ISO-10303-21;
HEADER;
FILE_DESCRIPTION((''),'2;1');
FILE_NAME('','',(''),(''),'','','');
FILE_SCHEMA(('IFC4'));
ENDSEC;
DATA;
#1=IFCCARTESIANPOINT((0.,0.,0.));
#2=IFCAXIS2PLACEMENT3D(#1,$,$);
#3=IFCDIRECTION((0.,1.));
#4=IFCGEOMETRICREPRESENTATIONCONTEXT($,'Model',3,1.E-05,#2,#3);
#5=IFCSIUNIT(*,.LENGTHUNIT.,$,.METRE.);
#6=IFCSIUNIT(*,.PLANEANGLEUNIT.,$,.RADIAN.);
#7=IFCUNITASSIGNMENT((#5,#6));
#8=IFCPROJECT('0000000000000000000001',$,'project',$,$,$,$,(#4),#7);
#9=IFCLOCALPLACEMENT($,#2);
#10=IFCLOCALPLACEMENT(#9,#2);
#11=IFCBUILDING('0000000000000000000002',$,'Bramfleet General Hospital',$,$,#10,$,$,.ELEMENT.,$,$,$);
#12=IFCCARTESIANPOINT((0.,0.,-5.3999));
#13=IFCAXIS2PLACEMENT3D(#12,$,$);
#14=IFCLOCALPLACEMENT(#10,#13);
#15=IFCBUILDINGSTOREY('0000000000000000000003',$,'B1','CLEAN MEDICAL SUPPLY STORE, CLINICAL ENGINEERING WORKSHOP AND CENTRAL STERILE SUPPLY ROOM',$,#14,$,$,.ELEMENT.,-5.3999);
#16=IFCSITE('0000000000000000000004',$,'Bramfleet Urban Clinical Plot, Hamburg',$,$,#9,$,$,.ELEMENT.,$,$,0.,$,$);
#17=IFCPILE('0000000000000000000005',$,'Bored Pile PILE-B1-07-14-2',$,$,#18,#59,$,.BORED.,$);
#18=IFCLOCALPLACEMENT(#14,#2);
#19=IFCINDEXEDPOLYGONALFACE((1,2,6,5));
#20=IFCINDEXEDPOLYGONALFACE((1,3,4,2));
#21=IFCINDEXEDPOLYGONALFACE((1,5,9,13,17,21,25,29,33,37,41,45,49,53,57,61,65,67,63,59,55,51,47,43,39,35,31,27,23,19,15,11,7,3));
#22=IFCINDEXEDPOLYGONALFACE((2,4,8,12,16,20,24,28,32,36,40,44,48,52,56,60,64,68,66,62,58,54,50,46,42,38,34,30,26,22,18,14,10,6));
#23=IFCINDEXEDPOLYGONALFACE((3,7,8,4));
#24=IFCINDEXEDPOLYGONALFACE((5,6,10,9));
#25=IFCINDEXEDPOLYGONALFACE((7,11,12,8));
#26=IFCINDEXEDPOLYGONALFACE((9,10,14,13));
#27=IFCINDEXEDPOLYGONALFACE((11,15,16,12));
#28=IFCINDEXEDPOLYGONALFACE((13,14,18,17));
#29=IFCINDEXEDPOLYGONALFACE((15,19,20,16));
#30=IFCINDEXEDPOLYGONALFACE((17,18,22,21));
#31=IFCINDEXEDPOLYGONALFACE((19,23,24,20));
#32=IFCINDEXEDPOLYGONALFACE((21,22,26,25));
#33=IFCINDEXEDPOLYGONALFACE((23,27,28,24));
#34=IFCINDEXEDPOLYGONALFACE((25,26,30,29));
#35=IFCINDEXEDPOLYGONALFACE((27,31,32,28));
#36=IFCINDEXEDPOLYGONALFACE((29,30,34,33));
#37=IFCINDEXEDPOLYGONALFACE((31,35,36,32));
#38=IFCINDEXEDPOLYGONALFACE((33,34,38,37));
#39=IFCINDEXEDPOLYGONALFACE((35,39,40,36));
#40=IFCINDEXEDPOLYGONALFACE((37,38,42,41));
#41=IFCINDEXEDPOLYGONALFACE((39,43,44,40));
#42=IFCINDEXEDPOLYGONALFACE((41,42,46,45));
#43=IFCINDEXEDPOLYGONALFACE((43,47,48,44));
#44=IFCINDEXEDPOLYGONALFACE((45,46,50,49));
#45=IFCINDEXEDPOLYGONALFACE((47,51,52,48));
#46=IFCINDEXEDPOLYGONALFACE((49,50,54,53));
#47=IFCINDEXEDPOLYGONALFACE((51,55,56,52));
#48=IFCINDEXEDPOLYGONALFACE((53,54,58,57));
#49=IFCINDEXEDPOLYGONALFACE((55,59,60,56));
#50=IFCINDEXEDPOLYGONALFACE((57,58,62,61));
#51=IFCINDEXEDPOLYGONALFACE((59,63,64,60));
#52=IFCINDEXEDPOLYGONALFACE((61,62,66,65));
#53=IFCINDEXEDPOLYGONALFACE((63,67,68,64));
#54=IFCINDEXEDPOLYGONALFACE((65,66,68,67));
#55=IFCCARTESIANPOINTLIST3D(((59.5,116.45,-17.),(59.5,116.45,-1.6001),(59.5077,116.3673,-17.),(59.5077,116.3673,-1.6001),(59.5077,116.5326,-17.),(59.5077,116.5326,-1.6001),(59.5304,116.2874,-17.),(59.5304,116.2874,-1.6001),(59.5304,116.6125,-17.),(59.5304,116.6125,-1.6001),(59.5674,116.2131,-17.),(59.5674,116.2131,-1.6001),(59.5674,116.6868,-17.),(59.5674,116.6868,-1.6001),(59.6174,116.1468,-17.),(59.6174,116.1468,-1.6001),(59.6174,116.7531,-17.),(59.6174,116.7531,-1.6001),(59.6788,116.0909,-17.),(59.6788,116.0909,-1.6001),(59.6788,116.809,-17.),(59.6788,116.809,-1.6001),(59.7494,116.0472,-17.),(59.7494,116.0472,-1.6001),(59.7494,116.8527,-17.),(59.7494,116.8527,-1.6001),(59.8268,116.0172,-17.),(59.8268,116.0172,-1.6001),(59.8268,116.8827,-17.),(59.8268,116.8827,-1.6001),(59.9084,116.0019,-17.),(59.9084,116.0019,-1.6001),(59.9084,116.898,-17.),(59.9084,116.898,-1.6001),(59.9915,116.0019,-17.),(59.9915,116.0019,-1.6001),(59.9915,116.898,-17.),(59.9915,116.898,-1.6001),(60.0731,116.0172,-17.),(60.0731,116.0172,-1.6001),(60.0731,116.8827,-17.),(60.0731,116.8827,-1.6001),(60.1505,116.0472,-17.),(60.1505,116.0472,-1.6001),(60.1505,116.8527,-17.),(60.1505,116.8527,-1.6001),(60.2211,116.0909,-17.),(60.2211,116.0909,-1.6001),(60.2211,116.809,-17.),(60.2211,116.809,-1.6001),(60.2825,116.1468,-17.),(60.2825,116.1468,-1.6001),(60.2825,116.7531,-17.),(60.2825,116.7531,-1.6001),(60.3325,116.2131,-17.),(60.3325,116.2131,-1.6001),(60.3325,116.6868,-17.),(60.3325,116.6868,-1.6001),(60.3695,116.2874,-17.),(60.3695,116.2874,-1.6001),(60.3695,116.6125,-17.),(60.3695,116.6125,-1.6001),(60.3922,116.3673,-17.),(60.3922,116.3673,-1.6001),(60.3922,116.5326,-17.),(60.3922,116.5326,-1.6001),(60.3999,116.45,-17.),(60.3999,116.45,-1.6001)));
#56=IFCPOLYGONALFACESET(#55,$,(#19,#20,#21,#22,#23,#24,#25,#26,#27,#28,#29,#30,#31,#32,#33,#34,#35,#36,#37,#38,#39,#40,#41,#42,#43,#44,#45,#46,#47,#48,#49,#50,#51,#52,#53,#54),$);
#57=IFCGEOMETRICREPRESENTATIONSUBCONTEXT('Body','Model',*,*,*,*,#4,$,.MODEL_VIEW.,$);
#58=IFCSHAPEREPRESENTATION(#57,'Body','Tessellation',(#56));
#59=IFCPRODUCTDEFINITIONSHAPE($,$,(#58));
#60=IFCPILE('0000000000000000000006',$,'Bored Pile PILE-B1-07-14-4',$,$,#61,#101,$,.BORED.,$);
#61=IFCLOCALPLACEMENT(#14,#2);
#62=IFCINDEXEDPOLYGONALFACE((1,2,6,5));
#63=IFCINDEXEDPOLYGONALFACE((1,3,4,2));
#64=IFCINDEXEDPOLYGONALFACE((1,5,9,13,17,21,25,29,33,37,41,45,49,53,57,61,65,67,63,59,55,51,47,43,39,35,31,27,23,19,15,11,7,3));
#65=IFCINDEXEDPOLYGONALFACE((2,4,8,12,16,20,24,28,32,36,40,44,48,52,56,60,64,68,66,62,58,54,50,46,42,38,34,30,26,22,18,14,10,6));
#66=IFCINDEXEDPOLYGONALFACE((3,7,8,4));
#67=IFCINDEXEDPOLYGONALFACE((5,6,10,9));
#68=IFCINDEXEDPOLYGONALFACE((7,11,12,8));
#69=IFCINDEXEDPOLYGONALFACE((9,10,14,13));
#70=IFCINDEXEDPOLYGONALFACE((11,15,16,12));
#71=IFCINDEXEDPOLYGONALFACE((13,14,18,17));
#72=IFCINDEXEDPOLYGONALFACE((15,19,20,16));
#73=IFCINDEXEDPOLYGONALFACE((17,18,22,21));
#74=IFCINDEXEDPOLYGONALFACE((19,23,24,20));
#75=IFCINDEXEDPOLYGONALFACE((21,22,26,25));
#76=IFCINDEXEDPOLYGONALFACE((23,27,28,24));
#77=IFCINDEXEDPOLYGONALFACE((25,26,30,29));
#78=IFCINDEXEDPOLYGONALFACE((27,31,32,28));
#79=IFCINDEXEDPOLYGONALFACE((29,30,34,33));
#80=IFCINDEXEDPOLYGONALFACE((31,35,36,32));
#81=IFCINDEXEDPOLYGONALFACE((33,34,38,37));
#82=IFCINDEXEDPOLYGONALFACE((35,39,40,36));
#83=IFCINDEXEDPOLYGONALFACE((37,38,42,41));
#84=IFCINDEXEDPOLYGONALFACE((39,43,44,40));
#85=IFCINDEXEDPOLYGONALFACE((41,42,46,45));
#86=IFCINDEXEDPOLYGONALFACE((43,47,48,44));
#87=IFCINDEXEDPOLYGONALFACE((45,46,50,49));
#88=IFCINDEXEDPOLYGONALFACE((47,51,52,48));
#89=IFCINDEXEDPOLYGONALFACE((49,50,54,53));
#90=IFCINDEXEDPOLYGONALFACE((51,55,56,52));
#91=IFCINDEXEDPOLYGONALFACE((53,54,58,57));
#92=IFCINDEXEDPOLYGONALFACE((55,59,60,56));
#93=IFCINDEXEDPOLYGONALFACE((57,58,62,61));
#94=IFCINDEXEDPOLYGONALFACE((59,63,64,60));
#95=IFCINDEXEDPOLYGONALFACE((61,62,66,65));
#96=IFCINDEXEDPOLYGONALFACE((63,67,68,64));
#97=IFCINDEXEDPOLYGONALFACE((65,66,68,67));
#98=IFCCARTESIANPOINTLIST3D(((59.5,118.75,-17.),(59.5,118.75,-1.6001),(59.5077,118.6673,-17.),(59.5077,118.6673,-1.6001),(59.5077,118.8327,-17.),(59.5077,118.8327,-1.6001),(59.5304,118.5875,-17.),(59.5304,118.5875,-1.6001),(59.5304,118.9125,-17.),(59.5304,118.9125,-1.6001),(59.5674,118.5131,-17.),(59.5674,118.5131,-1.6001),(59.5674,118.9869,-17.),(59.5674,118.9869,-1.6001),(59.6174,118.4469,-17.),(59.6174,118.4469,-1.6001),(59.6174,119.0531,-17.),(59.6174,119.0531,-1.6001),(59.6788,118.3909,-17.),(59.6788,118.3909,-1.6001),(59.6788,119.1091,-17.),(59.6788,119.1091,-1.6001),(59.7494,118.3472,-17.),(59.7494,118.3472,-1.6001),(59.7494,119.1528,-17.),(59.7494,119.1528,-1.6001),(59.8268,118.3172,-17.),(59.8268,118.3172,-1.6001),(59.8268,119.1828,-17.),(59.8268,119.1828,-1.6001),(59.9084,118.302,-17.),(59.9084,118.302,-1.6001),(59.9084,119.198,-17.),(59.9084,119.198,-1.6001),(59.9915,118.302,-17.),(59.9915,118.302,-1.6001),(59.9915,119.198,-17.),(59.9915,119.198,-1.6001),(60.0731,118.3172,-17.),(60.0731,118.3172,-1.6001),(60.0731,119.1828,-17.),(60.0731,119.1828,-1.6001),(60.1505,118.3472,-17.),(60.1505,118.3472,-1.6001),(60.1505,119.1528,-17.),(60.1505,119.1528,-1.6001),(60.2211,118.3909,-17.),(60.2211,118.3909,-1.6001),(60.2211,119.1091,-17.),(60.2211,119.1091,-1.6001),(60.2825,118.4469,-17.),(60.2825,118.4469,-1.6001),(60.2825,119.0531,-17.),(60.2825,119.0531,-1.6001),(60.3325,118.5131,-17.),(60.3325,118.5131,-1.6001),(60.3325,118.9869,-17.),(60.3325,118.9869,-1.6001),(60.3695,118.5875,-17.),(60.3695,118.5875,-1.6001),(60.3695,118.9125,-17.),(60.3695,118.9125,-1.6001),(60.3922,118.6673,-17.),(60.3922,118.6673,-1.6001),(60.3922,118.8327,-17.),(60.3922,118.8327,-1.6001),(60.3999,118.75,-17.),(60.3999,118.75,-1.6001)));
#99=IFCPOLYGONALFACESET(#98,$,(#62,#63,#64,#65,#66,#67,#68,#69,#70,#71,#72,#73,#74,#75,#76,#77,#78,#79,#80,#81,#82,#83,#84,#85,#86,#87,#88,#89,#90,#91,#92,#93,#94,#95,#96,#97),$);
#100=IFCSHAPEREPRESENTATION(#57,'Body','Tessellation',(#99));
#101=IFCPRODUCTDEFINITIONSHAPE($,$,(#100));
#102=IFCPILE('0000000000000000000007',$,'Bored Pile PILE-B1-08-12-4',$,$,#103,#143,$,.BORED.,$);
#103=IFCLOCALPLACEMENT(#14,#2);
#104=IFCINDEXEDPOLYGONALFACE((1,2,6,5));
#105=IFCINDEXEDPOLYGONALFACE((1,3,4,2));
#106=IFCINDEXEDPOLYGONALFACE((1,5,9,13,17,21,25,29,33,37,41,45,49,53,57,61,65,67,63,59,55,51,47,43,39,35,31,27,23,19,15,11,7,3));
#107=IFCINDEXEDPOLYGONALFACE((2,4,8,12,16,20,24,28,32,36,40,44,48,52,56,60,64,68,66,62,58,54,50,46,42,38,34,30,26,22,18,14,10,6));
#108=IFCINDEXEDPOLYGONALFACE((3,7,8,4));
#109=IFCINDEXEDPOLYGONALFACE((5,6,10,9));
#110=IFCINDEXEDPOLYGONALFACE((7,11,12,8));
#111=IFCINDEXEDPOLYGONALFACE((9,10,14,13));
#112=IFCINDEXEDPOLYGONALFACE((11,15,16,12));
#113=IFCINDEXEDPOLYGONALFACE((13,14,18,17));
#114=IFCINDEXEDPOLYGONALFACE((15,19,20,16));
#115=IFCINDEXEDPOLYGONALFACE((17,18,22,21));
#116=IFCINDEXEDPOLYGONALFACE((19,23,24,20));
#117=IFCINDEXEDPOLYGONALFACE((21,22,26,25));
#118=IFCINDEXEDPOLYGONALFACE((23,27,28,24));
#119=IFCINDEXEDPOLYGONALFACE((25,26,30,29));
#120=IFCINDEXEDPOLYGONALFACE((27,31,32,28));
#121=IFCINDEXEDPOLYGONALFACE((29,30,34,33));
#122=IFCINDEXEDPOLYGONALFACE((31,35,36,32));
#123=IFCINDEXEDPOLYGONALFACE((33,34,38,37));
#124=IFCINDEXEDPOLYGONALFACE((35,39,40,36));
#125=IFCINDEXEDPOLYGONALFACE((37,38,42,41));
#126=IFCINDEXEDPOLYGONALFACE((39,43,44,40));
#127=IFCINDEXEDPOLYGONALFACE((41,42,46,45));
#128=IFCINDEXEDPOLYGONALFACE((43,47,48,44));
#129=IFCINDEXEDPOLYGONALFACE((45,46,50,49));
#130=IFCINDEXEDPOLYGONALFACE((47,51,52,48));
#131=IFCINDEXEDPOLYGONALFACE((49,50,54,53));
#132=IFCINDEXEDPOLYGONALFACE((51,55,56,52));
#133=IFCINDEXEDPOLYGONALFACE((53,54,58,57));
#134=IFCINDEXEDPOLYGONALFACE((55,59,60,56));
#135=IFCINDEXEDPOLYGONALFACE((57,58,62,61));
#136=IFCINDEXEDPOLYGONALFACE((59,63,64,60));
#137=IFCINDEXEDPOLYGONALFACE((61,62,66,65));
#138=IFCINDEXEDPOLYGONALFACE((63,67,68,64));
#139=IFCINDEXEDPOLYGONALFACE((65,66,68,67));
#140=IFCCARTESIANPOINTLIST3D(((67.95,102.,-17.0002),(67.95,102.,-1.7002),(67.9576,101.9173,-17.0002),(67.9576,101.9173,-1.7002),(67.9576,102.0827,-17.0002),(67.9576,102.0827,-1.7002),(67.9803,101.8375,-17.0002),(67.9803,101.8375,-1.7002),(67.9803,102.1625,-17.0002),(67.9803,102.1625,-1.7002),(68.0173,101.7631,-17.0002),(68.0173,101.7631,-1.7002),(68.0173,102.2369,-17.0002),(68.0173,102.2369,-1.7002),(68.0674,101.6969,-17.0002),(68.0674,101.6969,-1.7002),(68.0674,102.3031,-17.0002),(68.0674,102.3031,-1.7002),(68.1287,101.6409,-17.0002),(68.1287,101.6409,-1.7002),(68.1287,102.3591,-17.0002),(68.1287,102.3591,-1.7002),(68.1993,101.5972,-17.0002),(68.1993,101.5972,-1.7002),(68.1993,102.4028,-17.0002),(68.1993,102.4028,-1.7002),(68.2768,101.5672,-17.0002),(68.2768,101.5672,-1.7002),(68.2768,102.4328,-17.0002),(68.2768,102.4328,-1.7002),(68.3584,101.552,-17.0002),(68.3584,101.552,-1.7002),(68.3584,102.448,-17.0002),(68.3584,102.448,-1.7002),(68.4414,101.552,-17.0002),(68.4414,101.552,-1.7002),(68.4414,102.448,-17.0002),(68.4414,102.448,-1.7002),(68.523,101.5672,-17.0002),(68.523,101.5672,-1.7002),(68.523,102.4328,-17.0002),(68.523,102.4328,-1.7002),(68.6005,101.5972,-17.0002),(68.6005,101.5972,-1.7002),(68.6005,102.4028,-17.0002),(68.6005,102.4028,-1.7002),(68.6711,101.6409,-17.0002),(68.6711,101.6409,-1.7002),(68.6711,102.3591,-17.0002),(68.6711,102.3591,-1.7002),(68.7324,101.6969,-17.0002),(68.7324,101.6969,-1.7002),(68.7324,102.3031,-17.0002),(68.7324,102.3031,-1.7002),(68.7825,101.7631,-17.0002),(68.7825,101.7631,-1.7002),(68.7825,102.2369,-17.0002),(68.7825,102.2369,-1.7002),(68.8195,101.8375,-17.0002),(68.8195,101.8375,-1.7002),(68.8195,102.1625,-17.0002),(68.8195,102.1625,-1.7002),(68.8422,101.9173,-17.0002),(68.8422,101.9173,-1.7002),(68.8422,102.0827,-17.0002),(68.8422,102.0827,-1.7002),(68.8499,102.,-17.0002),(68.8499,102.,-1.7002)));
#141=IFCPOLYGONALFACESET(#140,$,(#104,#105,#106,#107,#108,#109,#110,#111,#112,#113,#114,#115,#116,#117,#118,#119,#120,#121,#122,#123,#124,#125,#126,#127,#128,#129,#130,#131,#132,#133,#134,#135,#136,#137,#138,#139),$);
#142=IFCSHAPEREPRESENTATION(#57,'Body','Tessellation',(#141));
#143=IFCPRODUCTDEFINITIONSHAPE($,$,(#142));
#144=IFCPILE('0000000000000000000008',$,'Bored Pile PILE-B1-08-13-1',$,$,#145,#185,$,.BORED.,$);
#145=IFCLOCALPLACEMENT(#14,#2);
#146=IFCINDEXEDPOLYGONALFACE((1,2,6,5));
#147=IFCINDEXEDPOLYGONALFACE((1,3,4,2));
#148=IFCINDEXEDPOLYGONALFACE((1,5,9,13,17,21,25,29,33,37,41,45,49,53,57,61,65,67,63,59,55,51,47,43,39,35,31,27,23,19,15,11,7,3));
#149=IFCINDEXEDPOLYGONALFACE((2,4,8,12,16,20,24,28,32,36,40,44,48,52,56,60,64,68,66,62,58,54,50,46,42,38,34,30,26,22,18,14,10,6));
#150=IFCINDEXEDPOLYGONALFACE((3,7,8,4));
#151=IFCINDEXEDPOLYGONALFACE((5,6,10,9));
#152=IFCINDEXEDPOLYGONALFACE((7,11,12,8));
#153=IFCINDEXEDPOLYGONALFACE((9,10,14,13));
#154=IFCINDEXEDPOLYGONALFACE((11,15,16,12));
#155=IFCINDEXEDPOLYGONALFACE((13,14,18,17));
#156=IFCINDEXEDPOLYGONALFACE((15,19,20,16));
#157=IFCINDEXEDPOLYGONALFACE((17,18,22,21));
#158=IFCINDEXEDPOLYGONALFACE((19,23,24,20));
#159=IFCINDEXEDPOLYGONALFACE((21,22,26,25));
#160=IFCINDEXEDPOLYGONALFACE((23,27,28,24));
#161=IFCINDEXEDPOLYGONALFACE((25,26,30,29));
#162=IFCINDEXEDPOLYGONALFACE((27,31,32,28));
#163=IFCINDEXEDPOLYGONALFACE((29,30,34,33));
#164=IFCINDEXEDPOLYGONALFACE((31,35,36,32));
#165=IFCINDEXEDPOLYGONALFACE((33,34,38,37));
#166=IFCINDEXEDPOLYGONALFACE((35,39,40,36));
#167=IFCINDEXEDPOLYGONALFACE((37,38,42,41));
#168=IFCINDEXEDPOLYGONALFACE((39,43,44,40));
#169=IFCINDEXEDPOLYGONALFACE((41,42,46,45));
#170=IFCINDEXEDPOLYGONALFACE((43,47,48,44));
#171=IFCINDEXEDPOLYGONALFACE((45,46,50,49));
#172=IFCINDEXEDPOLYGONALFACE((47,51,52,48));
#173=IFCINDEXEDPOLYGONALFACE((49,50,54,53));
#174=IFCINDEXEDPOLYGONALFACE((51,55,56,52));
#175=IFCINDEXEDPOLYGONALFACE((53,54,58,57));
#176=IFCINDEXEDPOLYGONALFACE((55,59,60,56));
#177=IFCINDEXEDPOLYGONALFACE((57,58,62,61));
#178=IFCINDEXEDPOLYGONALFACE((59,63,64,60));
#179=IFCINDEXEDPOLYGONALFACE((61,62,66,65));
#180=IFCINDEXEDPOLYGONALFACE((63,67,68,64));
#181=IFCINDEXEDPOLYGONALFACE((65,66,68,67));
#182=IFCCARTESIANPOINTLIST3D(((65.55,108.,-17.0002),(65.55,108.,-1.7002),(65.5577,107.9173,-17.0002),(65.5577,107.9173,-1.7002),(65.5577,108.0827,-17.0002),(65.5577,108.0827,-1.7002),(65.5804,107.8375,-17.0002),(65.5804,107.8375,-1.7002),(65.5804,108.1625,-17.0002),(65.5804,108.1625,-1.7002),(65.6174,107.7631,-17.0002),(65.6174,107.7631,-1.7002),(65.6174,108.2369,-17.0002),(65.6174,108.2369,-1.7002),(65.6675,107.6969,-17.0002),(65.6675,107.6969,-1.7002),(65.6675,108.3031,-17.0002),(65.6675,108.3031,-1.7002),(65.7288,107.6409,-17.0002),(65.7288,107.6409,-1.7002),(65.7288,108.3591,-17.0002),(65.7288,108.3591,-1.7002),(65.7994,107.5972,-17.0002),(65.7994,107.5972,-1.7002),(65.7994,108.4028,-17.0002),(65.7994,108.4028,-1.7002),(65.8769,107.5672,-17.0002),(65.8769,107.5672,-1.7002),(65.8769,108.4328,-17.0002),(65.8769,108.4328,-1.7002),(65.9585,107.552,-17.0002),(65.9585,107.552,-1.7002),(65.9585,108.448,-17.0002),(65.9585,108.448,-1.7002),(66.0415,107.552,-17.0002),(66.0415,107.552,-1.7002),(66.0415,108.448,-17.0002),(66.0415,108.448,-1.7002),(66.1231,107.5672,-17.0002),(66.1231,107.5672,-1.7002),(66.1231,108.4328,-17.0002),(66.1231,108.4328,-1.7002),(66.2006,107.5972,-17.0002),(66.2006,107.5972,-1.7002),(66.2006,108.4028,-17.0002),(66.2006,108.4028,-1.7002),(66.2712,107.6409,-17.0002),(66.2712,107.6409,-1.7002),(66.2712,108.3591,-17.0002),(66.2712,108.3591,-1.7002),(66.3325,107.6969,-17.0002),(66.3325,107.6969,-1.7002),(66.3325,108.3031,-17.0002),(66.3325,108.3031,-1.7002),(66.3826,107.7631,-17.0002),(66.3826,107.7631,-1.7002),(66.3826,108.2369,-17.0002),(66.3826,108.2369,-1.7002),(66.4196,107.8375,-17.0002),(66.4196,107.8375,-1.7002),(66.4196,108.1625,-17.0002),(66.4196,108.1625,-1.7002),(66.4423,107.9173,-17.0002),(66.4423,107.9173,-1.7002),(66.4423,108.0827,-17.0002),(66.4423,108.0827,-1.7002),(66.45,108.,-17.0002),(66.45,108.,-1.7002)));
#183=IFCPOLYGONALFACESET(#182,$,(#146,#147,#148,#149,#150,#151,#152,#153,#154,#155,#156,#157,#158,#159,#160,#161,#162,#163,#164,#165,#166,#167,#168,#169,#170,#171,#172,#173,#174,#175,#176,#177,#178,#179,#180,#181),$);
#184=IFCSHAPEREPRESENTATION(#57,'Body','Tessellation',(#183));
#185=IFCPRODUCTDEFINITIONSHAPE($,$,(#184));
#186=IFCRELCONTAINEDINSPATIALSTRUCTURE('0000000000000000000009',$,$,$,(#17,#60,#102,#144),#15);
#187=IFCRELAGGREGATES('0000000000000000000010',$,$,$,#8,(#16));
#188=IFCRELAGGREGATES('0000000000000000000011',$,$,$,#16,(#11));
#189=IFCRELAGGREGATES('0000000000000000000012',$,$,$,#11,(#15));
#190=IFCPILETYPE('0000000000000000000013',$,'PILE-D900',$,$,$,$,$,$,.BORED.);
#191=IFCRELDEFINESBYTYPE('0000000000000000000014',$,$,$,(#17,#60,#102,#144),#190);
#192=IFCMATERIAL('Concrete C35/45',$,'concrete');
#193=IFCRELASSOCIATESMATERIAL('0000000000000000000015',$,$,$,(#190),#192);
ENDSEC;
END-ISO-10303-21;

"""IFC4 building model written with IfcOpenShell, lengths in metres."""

from ifc_helpers import new_model, si_unit, direction, frame, origin, origin_2d, place, context, subcontext, project, spatial, circle, extrude, material, material_profile, profile_set, type_object, element, save


model = new_model("IFC4")

# Units and contexts
model_context = context("Model", 3, precision=1e-05, world=origin(), true_north=direction((0.0, 1.0)))
body_context = subcontext(model_context, "Body", "Model", "MODEL_VIEW")
ifc_project = project(units=[si_unit("LENGTHUNIT", "METRE"), si_unit("PLANEANGLEUNIT", "RADIAN")], contexts=[model_context])

# Site, building, storey
site_placement = place(None, origin())
site = spatial("IfcSite", under=ifc_project, at=site_placement, Name="Bramfleet Urban Clinical Plot, Hamburg", CompositionType="ELEMENT", RefElevation=0.0)
building_placement = place(site_placement, origin())
building = spatial("IfcBuilding", under=site, at=building_placement, Name="Bramfleet General Hospital", CompositionType="ELEMENT")
storey_placement = place(building_placement, frame((0.0, 0.0, -5.3999)))
storey = spatial("IfcBuildingStorey", under=building, at=storey_placement, Name="B1", Description="CLEAN MEDICAL SUPPLY STORE, CLINICAL ENGINEERING WORKSHOP AND CENTRAL STERILE SUPPLY ROOM", CompositionType="ELEMENT", Elevation=-5.3999)

# Shared definitions
ifc_material_1 = material(Name="Concrete C35/45", Category="concrete")

# Piles
ifc_material_profile_1 = material_profile(ifc_material_1, circle(Radius=0.45, at=origin_2d()), Name="PILE BORED D900")
ifc_profile_set_1 = profile_set([ifc_material_profile_1], Name="Concrete C35/45")
pile_type = type_object("IfcPileType", Name="PILE-D900", PredefinedType="BORED", material=ifc_profile_set_1)
for number, where, z_axis, x_axis, name in (
    (1, (59.95, 116.45, -1.6001), (0.0, 0.0, -1.0), (1.0, 0.0, 0.0), "Bored Pile PILE-B1-07-14-2"),
    (2, (59.95, 118.75, -1.6001), (0.0, 0.0, -1.0), (1.0, 0.0, 0.0), "Bored Pile PILE-B1-07-14-4"),
):
    element("IfcPile", number, at=place(storey_placement, frame(where, z_axis=z_axis, x_axis=x_axis)), inside=storey, type_object=pile_type, Name=name, PredefinedType="BORED", context=body_context, shape_type="SweptSolid", body=[
        extrude(circle(Radius=0.45, at=origin_2d()), origin(), (0.0, 0.0, 1.0), 15.3999),
    ])
for number, where, z_axis, x_axis, name in (
    (3, (68.3999, 102.0, -1.7002), (0.0, 0.0, -1.0), (1.0, 0.0, 0.0), "Bored Pile PILE-B1-08-12-4"),
    (4, (66.0, 108.0, -1.7002), (0.0, 0.0, -1.0), (1.0, 0.0, 0.0), "Bored Pile PILE-B1-08-13-1"),
):
    element("IfcPile", number, at=place(storey_placement, frame(where, z_axis=z_axis, x_axis=x_axis)), inside=storey, type_object=pile_type, Name=name, PredefinedType="BORED", context=body_context, shape_type="SweptSolid", body=[
        extrude(circle(Radius=0.45, at=origin_2d()), origin(), (0.0, 0.0, 1.0), 15.3),
    ])

save(model, "model.ifc")
